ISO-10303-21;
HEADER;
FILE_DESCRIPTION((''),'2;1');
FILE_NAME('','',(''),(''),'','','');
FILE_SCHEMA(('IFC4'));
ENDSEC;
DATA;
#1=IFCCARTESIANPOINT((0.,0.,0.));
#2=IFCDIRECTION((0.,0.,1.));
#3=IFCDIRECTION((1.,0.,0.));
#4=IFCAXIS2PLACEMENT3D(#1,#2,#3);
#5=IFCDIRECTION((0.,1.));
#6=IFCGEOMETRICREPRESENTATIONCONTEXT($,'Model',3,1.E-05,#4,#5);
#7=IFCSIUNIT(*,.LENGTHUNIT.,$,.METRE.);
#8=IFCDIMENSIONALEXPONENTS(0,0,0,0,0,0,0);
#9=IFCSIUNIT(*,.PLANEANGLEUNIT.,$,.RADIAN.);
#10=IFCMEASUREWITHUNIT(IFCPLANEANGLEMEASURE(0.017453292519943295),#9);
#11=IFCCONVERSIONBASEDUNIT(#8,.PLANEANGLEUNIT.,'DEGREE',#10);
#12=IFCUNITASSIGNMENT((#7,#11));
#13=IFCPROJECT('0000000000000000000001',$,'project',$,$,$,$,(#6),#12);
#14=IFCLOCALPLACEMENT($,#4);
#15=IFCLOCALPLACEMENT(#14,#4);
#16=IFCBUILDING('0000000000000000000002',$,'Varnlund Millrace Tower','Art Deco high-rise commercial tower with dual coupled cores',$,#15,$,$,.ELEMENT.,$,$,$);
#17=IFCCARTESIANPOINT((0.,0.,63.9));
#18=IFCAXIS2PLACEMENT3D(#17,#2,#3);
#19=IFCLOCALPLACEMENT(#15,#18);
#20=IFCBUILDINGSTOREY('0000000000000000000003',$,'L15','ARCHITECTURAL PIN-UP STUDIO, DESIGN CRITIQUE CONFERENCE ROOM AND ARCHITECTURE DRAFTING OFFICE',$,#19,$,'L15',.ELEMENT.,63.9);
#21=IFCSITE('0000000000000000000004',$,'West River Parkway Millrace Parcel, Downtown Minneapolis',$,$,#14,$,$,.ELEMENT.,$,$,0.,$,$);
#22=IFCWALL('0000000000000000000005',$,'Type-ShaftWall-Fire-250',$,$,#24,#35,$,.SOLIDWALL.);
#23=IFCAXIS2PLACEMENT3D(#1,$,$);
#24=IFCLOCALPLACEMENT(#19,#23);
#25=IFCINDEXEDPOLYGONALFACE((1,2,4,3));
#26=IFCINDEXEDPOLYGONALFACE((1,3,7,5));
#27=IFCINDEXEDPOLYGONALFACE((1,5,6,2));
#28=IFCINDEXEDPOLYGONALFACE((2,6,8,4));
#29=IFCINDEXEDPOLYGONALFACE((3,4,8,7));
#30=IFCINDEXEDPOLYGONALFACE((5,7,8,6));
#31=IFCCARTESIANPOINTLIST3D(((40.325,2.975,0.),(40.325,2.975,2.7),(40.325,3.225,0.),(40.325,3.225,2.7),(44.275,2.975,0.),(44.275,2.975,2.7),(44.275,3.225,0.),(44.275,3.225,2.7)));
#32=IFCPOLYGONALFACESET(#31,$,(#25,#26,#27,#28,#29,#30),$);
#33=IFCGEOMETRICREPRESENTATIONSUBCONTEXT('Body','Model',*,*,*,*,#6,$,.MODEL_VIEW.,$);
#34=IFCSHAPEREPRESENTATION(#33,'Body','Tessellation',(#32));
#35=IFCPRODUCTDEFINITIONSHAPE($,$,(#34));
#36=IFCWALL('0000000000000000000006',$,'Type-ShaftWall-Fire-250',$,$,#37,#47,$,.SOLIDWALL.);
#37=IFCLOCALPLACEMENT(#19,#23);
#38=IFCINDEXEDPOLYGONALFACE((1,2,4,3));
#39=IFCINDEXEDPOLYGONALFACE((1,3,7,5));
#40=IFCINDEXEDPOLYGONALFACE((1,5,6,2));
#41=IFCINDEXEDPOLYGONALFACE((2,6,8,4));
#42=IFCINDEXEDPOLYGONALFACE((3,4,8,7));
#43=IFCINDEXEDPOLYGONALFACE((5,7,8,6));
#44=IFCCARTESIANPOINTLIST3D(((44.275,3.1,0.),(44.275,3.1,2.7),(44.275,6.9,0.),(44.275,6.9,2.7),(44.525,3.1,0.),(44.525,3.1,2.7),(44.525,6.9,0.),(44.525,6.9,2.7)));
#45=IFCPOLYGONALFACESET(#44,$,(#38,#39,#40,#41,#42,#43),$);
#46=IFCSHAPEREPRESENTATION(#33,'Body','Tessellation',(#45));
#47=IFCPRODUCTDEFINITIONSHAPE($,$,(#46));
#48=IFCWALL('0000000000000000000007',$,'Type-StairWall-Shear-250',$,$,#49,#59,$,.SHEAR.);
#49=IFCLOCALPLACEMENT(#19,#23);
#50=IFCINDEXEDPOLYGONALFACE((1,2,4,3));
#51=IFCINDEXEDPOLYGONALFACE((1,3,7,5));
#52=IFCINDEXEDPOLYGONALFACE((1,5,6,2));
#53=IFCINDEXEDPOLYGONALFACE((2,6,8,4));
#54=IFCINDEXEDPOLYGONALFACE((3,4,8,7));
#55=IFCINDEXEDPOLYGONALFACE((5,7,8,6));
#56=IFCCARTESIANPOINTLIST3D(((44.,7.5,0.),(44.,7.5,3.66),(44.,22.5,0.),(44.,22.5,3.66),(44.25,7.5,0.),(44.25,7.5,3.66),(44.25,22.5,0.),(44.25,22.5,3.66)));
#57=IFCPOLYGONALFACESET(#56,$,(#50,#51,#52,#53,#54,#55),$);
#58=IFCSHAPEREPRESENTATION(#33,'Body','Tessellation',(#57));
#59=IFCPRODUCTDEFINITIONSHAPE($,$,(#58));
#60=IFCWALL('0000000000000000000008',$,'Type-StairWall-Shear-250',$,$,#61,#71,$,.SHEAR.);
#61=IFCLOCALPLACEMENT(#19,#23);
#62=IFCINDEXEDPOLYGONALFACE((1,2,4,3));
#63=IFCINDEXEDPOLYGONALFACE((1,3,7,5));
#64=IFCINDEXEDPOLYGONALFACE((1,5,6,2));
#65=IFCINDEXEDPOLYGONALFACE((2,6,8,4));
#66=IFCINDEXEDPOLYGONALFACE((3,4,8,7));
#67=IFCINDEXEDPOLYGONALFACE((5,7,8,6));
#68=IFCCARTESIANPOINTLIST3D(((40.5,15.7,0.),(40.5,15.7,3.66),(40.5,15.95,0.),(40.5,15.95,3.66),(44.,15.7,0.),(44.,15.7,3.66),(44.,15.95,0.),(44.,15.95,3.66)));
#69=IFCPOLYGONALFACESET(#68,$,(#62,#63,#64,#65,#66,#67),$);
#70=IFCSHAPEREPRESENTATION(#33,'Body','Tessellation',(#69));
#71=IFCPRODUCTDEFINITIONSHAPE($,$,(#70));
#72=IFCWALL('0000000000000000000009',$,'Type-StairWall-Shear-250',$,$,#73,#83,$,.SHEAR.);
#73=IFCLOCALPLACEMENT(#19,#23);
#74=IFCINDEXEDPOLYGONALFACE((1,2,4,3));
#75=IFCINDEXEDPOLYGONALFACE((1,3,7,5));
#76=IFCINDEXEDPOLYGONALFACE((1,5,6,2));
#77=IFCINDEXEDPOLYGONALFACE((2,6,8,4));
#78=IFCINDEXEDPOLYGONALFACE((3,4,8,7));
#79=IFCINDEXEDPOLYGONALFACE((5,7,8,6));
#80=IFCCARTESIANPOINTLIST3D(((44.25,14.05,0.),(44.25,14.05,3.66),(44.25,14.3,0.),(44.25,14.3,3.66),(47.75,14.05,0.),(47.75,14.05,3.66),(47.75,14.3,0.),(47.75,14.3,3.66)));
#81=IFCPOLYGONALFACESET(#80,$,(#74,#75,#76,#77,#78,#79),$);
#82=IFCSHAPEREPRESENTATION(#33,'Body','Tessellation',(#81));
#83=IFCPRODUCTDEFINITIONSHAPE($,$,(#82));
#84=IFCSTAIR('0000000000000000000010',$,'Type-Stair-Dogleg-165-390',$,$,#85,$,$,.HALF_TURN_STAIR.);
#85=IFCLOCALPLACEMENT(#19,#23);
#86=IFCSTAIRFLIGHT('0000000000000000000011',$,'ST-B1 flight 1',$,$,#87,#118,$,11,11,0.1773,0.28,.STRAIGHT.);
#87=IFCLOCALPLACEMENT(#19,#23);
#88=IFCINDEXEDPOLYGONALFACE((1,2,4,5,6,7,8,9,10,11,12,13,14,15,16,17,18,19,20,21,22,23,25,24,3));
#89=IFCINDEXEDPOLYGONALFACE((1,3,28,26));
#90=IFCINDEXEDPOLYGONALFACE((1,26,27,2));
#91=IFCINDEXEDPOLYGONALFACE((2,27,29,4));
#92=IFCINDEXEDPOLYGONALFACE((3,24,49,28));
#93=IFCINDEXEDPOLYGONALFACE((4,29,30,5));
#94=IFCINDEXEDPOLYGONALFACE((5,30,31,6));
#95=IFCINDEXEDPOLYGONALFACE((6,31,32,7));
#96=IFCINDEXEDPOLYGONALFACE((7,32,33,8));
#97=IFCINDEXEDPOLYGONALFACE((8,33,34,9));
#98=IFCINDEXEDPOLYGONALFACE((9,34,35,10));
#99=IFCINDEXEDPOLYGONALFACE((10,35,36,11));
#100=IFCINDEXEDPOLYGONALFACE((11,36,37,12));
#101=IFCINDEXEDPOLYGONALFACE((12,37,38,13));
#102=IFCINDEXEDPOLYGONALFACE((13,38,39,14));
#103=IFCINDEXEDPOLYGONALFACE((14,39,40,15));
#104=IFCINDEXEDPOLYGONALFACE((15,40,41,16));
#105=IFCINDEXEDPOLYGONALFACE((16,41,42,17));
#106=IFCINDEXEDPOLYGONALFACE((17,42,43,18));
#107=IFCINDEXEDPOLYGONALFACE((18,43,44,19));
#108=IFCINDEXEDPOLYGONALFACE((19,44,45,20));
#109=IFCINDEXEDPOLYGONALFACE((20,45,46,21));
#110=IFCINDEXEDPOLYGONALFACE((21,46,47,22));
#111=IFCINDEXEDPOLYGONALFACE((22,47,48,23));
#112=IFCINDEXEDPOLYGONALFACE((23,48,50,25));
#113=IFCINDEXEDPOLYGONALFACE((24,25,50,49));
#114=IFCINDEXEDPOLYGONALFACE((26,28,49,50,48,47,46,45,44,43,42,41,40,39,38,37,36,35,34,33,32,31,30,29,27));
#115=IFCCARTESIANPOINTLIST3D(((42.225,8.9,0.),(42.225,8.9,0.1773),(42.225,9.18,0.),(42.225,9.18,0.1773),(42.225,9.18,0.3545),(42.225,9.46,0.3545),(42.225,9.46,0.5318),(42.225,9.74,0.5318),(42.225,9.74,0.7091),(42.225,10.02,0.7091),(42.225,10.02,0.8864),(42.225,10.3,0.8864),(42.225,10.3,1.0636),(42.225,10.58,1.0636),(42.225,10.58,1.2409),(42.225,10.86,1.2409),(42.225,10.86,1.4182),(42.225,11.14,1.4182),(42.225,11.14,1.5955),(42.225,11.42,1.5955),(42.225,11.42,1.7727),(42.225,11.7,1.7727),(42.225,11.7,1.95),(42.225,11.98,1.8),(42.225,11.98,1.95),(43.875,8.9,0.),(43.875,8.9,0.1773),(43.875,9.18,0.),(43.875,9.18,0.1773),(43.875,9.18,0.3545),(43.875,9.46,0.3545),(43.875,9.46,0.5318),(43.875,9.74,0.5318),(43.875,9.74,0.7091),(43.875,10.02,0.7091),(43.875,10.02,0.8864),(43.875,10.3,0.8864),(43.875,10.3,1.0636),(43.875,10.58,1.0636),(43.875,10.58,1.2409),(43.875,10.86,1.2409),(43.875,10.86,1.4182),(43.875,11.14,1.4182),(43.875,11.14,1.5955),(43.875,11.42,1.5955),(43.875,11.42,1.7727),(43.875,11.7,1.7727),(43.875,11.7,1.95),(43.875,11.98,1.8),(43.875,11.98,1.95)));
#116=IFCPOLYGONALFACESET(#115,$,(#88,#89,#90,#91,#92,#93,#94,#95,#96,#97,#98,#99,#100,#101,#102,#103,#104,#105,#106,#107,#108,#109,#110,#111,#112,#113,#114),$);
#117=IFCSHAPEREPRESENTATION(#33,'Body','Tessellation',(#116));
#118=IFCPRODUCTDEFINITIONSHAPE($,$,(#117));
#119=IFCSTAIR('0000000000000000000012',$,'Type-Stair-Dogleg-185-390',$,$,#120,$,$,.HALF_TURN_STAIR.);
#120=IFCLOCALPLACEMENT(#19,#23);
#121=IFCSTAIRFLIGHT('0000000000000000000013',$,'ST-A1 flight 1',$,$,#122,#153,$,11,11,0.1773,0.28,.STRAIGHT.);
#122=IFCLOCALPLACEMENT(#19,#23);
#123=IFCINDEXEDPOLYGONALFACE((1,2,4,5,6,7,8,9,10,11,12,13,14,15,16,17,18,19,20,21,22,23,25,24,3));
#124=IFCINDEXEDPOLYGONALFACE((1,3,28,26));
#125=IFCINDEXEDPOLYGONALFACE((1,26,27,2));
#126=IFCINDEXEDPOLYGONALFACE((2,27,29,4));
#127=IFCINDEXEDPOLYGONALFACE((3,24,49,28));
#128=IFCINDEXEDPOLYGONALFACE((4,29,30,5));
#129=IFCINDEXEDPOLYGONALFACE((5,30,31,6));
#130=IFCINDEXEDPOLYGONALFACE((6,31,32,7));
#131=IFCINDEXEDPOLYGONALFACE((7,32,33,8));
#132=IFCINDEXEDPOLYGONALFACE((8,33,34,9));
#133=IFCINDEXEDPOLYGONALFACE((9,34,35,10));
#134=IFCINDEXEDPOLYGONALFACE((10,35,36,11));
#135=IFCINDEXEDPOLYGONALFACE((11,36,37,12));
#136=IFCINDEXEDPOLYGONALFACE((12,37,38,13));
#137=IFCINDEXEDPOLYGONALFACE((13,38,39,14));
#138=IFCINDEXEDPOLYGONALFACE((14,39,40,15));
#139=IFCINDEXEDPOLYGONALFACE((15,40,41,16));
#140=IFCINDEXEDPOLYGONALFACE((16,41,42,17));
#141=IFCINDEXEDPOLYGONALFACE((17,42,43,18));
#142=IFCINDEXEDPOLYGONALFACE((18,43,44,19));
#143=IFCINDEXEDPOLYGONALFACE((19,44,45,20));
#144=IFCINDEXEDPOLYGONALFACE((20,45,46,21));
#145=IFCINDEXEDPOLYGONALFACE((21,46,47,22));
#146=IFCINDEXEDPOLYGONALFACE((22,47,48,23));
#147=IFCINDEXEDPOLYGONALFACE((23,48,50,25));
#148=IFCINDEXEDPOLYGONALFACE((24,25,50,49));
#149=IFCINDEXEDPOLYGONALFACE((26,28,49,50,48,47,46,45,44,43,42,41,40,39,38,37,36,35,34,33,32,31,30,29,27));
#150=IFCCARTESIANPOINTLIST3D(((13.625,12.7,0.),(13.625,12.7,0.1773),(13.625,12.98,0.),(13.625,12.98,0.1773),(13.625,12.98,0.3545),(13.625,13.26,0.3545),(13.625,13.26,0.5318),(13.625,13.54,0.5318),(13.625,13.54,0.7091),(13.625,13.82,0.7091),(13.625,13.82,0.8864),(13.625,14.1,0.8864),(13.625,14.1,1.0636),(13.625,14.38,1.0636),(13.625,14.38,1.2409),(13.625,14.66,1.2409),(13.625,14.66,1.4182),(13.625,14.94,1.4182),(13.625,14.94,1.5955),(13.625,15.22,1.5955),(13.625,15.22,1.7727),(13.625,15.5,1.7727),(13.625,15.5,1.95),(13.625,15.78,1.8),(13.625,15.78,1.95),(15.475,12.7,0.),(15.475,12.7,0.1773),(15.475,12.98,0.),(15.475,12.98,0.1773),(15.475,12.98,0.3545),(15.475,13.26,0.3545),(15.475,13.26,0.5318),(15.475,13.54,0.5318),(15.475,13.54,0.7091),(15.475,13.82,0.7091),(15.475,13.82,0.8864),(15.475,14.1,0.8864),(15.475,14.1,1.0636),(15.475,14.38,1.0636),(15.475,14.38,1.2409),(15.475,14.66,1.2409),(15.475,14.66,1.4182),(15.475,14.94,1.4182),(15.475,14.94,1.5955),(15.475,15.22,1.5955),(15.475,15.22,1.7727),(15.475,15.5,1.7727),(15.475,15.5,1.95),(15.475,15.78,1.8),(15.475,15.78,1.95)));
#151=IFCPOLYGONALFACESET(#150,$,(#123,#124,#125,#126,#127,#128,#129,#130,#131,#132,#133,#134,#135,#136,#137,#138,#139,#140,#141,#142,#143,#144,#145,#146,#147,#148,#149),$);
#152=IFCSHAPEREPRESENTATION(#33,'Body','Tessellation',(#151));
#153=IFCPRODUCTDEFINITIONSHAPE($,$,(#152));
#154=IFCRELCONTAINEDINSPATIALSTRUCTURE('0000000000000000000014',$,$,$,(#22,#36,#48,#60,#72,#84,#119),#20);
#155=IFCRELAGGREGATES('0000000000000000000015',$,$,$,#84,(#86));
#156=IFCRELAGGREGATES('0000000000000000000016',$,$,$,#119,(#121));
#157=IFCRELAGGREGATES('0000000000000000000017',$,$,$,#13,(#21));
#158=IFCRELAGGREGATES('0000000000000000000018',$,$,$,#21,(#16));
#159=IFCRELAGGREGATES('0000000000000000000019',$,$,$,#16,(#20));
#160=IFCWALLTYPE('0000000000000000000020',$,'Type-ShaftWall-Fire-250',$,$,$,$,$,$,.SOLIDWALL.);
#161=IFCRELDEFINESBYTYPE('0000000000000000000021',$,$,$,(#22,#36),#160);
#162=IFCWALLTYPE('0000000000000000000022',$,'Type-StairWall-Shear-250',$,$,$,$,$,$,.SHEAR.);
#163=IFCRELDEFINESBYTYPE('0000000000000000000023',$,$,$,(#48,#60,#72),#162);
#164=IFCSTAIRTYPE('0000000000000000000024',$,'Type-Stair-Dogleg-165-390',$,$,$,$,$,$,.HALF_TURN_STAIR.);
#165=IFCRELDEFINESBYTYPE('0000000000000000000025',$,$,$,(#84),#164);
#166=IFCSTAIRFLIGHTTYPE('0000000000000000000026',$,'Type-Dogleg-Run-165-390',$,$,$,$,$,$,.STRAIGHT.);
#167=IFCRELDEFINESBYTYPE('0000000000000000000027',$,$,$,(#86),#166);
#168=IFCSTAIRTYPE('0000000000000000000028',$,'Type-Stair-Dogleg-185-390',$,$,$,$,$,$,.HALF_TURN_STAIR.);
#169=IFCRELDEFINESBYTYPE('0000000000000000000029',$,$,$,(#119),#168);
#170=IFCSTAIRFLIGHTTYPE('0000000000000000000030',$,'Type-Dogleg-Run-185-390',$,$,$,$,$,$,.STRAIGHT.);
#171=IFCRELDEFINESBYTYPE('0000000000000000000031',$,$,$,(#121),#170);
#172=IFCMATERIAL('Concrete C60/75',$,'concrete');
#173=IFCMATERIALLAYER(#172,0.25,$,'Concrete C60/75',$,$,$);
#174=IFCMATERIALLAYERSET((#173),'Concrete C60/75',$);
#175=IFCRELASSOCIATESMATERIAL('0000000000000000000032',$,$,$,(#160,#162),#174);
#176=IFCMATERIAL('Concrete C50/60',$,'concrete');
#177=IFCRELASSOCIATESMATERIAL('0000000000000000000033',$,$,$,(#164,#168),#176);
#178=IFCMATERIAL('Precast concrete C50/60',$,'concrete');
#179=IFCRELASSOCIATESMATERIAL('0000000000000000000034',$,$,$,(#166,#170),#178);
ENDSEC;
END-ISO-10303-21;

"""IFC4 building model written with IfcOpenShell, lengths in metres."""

from ifc_helpers import new_model, entity, si_unit, converted_unit, direction, frame, origin_with_axes, place, context, subcontext, project, spatial, polyline, outline, extrude, material, layer, layer_set, type_object, element, aggregate, save


model = new_model("IFC4")

# Units and contexts
model_context = context("Model", 3, precision=1e-05, world=origin_with_axes(), true_north=direction((0.0, 1.0)))
body_context = subcontext(model_context, "Body", "Model", "MODEL_VIEW")
ifc_project = project(units=[si_unit("LENGTHUNIT", "METRE"), converted_unit("PLANEANGLEUNIT", "DEGREE", entity("IfcPlaneAngleMeasure", 0.017453292519943295), si_unit("PLANEANGLEUNIT", "RADIAN"), dimensions=[0, 0, 0, 0, 0, 0, 0])], contexts=[model_context])

# Site, building, storey
site_placement = place(None, origin_with_axes())
site = spatial("IfcSite", under=ifc_project, at=site_placement, Name="West River Parkway Millrace Parcel, Downtown Minneapolis", CompositionType="ELEMENT", RefElevation=0.0)
building_placement = place(site_placement, origin_with_axes())
building = spatial("IfcBuilding", under=site, at=building_placement, Name="Varnlund Millrace Tower", Description="Art Deco high-rise commercial tower with dual coupled cores", CompositionType="ELEMENT")
storey_placement = place(building_placement, frame((0.0, 0.0, 63.9), z_axis=(0.0, 0.0, 1.0), x_axis=(1.0, 0.0, 0.0)))
storey = spatial("IfcBuildingStorey", under=building, at=storey_placement, Name="L15", Description="ARCHITECTURAL PIN-UP STUDIO, DESIGN CRITIQUE CONFERENCE ROOM AND ARCHITECTURE DRAFTING OFFICE", LongName="L15", CompositionType="ELEMENT", Elevation=63.9)

# Shared definitions
ifc_material_1 = material(Name="Concrete C60/75", Category="concrete")
ifc_layer_1 = layer(ifc_material_1, 0.25, Name="Concrete C60/75")
ifc_layer_set_1 = layer_set([ifc_layer_1], Name="Concrete C60/75")
wall_type_1 = type_object("IfcWallType", Name="Type-ShaftWall-Fire-250", PredefinedType="SOLIDWALL", material=ifc_layer_set_1)

# Walls
wall_1_placement = place(storey_placement, frame((40.325, 3.1, 0.0), z_axis=(0.0, 0.0, 1.0), x_axis=(1.0, 0.0, 0.0)))
element("IfcWall", 1, at=wall_1_placement, inside=storey, type_object=wall_type_1, Name="Type-ShaftWall-Fire-250", PredefinedType="SOLIDWALL", context=body_context, shape_type="SweptSolid", body=[
    extrude(outline(polyline([(0.0, -0.125), (3.95, -0.125), (3.95, 0.125), (0.0, 0.125), (0.0, -0.125)])), origin_with_axes(), (0.0, 0.0, 1.0), 2.7),
])
wall_2_placement = place(storey_placement, frame((44.4, 3.1, 0.0), z_axis=(0.0, 0.0, 1.0), x_axis=(0.0, 1.0, 0.0)))
element("IfcWall", 2, at=wall_2_placement, inside=storey, type_object=wall_type_1, Name="Type-ShaftWall-Fire-250", PredefinedType="SOLIDWALL", context=body_context, shape_type="SweptSolid", body=[
    extrude(outline(polyline([(0.0, -0.125), (3.8, -0.125), (3.8, 0.125), (0.0, 0.125), (0.0, -0.125)])), origin_with_axes(), (0.0, 0.0, 1.0), 2.7),
])
wall_type_2 = type_object("IfcWallType", Name="Type-StairWall-Shear-250", PredefinedType="SHEAR", material=ifc_layer_set_1)
wall_3_placement = place(storey_placement, frame((44.125, 7.5, 0.0), z_axis=(0.0, 0.0, 1.0), x_axis=(0.0, 1.0, 0.0)))
element("IfcWall", 3, at=wall_3_placement, inside=storey, type_object=wall_type_2, Name="Type-StairWall-Shear-250", PredefinedType="SHEAR", context=body_context, shape_type="SweptSolid", body=[
    extrude(outline(polyline([(0.0, -0.125), (15.0, -0.125), (15.0, 0.125), (0.0, 0.125), (0.0, -0.125)])), origin_with_axes(), (0.0, 0.0, 1.0), 3.66),
])
for number, where, z_axis, x_axis, name in (
    (4, (40.5, 15.825, 0.0), (0.0, 0.0, 1.0), (1.0, 0.0, 0.0), "Type-StairWall-Shear-250"),
    (5, (44.25, 14.175, 0.0), (0.0, 0.0, 1.0), (1.0, 0.0, 0.0), "Type-StairWall-Shear-250"),
):
    element("IfcWall", number, at=place(storey_placement, frame(where, z_axis=z_axis, x_axis=x_axis)), inside=storey, type_object=wall_type_2, Name=name, PredefinedType="SHEAR", context=body_context, shape_type="SweptSolid", body=[
        extrude(outline(polyline([(0.0, -0.125), (3.5, -0.125), (3.5, 0.125), (0.0, 0.125), (0.0, -0.125)])), origin_with_axes(), (0.0, 0.0, 1.0), 3.66),
    ])

# Stairs, stair flights
ifc_material_2 = material(Name="Concrete C50/60", Category="concrete")
stair_type_1 = type_object("IfcStairType", Name="Type-Stair-Dogleg-165-390", PredefinedType="HALF_TURN_STAIR", material=ifc_material_2)
stair_1_placement = place(storey_placement, origin_with_axes())
stair_1 = element("IfcStair", 6, at=stair_1_placement, inside=storey, type_object=stair_type_1, Name="Type-Stair-Dogleg-165-390", PredefinedType="HALF_TURN_STAIR")
ifc_material_3 = material(Name="Precast concrete C50/60", Category="concrete")
stair_flight_type_1 = type_object("IfcStairFlightType", Name="Type-Dogleg-Run-165-390", PredefinedType="STRAIGHT", material=ifc_material_3)
stair_flight_1_placement = place(storey_placement, frame((42.225, 8.9, 0.0), z_axis=(1.0, 0.0, 0.0), x_axis=(0.0, 1.0, 0.0)))
stair_flight_1 = element("IfcStairFlight", 7, at=stair_flight_1_placement, type_object=stair_flight_type_1, Name="ST-B1 flight 1", NumberOfRisers=11, NumberOfTreads=11, PredefinedType="STRAIGHT", RiserHeight=0.1773, TreadLength=0.28, context=body_context, shape_type="SweptSolid", body=[
    extrude(outline(polyline([(0.0, 0.0), (0.0, 0.1773), (0.28, 0.1773), (0.28, 0.3545), (0.56, 0.3545), (0.56, 0.5318), (0.84, 0.5318), (0.84, 0.7091), (1.12, 0.7091), (1.12, 0.8864), (1.4, 0.8864), (1.4, 1.0636), (1.68, 1.0636), (1.68, 1.2409), (1.96, 1.2409), (1.96, 1.4182), (2.24, 1.4182), (2.24, 1.5955), (2.52, 1.5955), (2.52, 1.7727), (2.8, 1.7727), (2.8, 1.95), (3.08, 1.95), (3.08, 1.8), (0.28, 0.0), (0.0, 0.0)])), origin_with_axes(), (0.0, 0.0, 1.0), 1.65),
])
aggregate(stair_1, [stair_flight_1])
stair_type_2 = type_object("IfcStairType", Name="Type-Stair-Dogleg-185-390", PredefinedType="HALF_TURN_STAIR", material=ifc_material_2)
stair_2_placement = place(storey_placement, origin_with_axes())
stair_2 = element("IfcStair", 8, at=stair_2_placement, inside=storey, type_object=stair_type_2, Name="Type-Stair-Dogleg-185-390", PredefinedType="HALF_TURN_STAIR")
stair_flight_type_2 = type_object("IfcStairFlightType", Name="Type-Dogleg-Run-185-390", PredefinedType="STRAIGHT", material=ifc_material_3)
stair_flight_2_placement = place(storey_placement, frame((13.625, 12.7, 0.0), z_axis=(1.0, 0.0, 0.0), x_axis=(0.0, 1.0, 0.0)))
stair_flight_2 = element("IfcStairFlight", 9, at=stair_flight_2_placement, type_object=stair_flight_type_2, Name="ST-A1 flight 1", NumberOfRisers=11, NumberOfTreads=11, PredefinedType="STRAIGHT", RiserHeight=0.1773, TreadLength=0.28, context=body_context, shape_type="SweptSolid", body=[
    extrude(outline(polyline([(0.0, 0.0), (0.0, 0.1773), (0.28, 0.1773), (0.28, 0.3545), (0.56, 0.3545), (0.56, 0.5318), (0.84, 0.5318), (0.84, 0.7091), (1.12, 0.7091), (1.12, 0.8864), (1.4, 0.8864), (1.4, 1.0636), (1.68, 1.0636), (1.68, 1.2409), (1.96, 1.2409), (1.96, 1.4182), (2.24, 1.4182), (2.24, 1.5955), (2.52, 1.5955), (2.52, 1.7727), (2.8, 1.7727), (2.8, 1.95), (3.08, 1.95), (3.08, 1.8), (0.28, 0.0), (0.0, 0.0)])), origin_with_axes(), (0.0, 0.0, 1.0), 1.85),
])
aggregate(stair_2, [stair_flight_2])

save(model, "model.ifc")
